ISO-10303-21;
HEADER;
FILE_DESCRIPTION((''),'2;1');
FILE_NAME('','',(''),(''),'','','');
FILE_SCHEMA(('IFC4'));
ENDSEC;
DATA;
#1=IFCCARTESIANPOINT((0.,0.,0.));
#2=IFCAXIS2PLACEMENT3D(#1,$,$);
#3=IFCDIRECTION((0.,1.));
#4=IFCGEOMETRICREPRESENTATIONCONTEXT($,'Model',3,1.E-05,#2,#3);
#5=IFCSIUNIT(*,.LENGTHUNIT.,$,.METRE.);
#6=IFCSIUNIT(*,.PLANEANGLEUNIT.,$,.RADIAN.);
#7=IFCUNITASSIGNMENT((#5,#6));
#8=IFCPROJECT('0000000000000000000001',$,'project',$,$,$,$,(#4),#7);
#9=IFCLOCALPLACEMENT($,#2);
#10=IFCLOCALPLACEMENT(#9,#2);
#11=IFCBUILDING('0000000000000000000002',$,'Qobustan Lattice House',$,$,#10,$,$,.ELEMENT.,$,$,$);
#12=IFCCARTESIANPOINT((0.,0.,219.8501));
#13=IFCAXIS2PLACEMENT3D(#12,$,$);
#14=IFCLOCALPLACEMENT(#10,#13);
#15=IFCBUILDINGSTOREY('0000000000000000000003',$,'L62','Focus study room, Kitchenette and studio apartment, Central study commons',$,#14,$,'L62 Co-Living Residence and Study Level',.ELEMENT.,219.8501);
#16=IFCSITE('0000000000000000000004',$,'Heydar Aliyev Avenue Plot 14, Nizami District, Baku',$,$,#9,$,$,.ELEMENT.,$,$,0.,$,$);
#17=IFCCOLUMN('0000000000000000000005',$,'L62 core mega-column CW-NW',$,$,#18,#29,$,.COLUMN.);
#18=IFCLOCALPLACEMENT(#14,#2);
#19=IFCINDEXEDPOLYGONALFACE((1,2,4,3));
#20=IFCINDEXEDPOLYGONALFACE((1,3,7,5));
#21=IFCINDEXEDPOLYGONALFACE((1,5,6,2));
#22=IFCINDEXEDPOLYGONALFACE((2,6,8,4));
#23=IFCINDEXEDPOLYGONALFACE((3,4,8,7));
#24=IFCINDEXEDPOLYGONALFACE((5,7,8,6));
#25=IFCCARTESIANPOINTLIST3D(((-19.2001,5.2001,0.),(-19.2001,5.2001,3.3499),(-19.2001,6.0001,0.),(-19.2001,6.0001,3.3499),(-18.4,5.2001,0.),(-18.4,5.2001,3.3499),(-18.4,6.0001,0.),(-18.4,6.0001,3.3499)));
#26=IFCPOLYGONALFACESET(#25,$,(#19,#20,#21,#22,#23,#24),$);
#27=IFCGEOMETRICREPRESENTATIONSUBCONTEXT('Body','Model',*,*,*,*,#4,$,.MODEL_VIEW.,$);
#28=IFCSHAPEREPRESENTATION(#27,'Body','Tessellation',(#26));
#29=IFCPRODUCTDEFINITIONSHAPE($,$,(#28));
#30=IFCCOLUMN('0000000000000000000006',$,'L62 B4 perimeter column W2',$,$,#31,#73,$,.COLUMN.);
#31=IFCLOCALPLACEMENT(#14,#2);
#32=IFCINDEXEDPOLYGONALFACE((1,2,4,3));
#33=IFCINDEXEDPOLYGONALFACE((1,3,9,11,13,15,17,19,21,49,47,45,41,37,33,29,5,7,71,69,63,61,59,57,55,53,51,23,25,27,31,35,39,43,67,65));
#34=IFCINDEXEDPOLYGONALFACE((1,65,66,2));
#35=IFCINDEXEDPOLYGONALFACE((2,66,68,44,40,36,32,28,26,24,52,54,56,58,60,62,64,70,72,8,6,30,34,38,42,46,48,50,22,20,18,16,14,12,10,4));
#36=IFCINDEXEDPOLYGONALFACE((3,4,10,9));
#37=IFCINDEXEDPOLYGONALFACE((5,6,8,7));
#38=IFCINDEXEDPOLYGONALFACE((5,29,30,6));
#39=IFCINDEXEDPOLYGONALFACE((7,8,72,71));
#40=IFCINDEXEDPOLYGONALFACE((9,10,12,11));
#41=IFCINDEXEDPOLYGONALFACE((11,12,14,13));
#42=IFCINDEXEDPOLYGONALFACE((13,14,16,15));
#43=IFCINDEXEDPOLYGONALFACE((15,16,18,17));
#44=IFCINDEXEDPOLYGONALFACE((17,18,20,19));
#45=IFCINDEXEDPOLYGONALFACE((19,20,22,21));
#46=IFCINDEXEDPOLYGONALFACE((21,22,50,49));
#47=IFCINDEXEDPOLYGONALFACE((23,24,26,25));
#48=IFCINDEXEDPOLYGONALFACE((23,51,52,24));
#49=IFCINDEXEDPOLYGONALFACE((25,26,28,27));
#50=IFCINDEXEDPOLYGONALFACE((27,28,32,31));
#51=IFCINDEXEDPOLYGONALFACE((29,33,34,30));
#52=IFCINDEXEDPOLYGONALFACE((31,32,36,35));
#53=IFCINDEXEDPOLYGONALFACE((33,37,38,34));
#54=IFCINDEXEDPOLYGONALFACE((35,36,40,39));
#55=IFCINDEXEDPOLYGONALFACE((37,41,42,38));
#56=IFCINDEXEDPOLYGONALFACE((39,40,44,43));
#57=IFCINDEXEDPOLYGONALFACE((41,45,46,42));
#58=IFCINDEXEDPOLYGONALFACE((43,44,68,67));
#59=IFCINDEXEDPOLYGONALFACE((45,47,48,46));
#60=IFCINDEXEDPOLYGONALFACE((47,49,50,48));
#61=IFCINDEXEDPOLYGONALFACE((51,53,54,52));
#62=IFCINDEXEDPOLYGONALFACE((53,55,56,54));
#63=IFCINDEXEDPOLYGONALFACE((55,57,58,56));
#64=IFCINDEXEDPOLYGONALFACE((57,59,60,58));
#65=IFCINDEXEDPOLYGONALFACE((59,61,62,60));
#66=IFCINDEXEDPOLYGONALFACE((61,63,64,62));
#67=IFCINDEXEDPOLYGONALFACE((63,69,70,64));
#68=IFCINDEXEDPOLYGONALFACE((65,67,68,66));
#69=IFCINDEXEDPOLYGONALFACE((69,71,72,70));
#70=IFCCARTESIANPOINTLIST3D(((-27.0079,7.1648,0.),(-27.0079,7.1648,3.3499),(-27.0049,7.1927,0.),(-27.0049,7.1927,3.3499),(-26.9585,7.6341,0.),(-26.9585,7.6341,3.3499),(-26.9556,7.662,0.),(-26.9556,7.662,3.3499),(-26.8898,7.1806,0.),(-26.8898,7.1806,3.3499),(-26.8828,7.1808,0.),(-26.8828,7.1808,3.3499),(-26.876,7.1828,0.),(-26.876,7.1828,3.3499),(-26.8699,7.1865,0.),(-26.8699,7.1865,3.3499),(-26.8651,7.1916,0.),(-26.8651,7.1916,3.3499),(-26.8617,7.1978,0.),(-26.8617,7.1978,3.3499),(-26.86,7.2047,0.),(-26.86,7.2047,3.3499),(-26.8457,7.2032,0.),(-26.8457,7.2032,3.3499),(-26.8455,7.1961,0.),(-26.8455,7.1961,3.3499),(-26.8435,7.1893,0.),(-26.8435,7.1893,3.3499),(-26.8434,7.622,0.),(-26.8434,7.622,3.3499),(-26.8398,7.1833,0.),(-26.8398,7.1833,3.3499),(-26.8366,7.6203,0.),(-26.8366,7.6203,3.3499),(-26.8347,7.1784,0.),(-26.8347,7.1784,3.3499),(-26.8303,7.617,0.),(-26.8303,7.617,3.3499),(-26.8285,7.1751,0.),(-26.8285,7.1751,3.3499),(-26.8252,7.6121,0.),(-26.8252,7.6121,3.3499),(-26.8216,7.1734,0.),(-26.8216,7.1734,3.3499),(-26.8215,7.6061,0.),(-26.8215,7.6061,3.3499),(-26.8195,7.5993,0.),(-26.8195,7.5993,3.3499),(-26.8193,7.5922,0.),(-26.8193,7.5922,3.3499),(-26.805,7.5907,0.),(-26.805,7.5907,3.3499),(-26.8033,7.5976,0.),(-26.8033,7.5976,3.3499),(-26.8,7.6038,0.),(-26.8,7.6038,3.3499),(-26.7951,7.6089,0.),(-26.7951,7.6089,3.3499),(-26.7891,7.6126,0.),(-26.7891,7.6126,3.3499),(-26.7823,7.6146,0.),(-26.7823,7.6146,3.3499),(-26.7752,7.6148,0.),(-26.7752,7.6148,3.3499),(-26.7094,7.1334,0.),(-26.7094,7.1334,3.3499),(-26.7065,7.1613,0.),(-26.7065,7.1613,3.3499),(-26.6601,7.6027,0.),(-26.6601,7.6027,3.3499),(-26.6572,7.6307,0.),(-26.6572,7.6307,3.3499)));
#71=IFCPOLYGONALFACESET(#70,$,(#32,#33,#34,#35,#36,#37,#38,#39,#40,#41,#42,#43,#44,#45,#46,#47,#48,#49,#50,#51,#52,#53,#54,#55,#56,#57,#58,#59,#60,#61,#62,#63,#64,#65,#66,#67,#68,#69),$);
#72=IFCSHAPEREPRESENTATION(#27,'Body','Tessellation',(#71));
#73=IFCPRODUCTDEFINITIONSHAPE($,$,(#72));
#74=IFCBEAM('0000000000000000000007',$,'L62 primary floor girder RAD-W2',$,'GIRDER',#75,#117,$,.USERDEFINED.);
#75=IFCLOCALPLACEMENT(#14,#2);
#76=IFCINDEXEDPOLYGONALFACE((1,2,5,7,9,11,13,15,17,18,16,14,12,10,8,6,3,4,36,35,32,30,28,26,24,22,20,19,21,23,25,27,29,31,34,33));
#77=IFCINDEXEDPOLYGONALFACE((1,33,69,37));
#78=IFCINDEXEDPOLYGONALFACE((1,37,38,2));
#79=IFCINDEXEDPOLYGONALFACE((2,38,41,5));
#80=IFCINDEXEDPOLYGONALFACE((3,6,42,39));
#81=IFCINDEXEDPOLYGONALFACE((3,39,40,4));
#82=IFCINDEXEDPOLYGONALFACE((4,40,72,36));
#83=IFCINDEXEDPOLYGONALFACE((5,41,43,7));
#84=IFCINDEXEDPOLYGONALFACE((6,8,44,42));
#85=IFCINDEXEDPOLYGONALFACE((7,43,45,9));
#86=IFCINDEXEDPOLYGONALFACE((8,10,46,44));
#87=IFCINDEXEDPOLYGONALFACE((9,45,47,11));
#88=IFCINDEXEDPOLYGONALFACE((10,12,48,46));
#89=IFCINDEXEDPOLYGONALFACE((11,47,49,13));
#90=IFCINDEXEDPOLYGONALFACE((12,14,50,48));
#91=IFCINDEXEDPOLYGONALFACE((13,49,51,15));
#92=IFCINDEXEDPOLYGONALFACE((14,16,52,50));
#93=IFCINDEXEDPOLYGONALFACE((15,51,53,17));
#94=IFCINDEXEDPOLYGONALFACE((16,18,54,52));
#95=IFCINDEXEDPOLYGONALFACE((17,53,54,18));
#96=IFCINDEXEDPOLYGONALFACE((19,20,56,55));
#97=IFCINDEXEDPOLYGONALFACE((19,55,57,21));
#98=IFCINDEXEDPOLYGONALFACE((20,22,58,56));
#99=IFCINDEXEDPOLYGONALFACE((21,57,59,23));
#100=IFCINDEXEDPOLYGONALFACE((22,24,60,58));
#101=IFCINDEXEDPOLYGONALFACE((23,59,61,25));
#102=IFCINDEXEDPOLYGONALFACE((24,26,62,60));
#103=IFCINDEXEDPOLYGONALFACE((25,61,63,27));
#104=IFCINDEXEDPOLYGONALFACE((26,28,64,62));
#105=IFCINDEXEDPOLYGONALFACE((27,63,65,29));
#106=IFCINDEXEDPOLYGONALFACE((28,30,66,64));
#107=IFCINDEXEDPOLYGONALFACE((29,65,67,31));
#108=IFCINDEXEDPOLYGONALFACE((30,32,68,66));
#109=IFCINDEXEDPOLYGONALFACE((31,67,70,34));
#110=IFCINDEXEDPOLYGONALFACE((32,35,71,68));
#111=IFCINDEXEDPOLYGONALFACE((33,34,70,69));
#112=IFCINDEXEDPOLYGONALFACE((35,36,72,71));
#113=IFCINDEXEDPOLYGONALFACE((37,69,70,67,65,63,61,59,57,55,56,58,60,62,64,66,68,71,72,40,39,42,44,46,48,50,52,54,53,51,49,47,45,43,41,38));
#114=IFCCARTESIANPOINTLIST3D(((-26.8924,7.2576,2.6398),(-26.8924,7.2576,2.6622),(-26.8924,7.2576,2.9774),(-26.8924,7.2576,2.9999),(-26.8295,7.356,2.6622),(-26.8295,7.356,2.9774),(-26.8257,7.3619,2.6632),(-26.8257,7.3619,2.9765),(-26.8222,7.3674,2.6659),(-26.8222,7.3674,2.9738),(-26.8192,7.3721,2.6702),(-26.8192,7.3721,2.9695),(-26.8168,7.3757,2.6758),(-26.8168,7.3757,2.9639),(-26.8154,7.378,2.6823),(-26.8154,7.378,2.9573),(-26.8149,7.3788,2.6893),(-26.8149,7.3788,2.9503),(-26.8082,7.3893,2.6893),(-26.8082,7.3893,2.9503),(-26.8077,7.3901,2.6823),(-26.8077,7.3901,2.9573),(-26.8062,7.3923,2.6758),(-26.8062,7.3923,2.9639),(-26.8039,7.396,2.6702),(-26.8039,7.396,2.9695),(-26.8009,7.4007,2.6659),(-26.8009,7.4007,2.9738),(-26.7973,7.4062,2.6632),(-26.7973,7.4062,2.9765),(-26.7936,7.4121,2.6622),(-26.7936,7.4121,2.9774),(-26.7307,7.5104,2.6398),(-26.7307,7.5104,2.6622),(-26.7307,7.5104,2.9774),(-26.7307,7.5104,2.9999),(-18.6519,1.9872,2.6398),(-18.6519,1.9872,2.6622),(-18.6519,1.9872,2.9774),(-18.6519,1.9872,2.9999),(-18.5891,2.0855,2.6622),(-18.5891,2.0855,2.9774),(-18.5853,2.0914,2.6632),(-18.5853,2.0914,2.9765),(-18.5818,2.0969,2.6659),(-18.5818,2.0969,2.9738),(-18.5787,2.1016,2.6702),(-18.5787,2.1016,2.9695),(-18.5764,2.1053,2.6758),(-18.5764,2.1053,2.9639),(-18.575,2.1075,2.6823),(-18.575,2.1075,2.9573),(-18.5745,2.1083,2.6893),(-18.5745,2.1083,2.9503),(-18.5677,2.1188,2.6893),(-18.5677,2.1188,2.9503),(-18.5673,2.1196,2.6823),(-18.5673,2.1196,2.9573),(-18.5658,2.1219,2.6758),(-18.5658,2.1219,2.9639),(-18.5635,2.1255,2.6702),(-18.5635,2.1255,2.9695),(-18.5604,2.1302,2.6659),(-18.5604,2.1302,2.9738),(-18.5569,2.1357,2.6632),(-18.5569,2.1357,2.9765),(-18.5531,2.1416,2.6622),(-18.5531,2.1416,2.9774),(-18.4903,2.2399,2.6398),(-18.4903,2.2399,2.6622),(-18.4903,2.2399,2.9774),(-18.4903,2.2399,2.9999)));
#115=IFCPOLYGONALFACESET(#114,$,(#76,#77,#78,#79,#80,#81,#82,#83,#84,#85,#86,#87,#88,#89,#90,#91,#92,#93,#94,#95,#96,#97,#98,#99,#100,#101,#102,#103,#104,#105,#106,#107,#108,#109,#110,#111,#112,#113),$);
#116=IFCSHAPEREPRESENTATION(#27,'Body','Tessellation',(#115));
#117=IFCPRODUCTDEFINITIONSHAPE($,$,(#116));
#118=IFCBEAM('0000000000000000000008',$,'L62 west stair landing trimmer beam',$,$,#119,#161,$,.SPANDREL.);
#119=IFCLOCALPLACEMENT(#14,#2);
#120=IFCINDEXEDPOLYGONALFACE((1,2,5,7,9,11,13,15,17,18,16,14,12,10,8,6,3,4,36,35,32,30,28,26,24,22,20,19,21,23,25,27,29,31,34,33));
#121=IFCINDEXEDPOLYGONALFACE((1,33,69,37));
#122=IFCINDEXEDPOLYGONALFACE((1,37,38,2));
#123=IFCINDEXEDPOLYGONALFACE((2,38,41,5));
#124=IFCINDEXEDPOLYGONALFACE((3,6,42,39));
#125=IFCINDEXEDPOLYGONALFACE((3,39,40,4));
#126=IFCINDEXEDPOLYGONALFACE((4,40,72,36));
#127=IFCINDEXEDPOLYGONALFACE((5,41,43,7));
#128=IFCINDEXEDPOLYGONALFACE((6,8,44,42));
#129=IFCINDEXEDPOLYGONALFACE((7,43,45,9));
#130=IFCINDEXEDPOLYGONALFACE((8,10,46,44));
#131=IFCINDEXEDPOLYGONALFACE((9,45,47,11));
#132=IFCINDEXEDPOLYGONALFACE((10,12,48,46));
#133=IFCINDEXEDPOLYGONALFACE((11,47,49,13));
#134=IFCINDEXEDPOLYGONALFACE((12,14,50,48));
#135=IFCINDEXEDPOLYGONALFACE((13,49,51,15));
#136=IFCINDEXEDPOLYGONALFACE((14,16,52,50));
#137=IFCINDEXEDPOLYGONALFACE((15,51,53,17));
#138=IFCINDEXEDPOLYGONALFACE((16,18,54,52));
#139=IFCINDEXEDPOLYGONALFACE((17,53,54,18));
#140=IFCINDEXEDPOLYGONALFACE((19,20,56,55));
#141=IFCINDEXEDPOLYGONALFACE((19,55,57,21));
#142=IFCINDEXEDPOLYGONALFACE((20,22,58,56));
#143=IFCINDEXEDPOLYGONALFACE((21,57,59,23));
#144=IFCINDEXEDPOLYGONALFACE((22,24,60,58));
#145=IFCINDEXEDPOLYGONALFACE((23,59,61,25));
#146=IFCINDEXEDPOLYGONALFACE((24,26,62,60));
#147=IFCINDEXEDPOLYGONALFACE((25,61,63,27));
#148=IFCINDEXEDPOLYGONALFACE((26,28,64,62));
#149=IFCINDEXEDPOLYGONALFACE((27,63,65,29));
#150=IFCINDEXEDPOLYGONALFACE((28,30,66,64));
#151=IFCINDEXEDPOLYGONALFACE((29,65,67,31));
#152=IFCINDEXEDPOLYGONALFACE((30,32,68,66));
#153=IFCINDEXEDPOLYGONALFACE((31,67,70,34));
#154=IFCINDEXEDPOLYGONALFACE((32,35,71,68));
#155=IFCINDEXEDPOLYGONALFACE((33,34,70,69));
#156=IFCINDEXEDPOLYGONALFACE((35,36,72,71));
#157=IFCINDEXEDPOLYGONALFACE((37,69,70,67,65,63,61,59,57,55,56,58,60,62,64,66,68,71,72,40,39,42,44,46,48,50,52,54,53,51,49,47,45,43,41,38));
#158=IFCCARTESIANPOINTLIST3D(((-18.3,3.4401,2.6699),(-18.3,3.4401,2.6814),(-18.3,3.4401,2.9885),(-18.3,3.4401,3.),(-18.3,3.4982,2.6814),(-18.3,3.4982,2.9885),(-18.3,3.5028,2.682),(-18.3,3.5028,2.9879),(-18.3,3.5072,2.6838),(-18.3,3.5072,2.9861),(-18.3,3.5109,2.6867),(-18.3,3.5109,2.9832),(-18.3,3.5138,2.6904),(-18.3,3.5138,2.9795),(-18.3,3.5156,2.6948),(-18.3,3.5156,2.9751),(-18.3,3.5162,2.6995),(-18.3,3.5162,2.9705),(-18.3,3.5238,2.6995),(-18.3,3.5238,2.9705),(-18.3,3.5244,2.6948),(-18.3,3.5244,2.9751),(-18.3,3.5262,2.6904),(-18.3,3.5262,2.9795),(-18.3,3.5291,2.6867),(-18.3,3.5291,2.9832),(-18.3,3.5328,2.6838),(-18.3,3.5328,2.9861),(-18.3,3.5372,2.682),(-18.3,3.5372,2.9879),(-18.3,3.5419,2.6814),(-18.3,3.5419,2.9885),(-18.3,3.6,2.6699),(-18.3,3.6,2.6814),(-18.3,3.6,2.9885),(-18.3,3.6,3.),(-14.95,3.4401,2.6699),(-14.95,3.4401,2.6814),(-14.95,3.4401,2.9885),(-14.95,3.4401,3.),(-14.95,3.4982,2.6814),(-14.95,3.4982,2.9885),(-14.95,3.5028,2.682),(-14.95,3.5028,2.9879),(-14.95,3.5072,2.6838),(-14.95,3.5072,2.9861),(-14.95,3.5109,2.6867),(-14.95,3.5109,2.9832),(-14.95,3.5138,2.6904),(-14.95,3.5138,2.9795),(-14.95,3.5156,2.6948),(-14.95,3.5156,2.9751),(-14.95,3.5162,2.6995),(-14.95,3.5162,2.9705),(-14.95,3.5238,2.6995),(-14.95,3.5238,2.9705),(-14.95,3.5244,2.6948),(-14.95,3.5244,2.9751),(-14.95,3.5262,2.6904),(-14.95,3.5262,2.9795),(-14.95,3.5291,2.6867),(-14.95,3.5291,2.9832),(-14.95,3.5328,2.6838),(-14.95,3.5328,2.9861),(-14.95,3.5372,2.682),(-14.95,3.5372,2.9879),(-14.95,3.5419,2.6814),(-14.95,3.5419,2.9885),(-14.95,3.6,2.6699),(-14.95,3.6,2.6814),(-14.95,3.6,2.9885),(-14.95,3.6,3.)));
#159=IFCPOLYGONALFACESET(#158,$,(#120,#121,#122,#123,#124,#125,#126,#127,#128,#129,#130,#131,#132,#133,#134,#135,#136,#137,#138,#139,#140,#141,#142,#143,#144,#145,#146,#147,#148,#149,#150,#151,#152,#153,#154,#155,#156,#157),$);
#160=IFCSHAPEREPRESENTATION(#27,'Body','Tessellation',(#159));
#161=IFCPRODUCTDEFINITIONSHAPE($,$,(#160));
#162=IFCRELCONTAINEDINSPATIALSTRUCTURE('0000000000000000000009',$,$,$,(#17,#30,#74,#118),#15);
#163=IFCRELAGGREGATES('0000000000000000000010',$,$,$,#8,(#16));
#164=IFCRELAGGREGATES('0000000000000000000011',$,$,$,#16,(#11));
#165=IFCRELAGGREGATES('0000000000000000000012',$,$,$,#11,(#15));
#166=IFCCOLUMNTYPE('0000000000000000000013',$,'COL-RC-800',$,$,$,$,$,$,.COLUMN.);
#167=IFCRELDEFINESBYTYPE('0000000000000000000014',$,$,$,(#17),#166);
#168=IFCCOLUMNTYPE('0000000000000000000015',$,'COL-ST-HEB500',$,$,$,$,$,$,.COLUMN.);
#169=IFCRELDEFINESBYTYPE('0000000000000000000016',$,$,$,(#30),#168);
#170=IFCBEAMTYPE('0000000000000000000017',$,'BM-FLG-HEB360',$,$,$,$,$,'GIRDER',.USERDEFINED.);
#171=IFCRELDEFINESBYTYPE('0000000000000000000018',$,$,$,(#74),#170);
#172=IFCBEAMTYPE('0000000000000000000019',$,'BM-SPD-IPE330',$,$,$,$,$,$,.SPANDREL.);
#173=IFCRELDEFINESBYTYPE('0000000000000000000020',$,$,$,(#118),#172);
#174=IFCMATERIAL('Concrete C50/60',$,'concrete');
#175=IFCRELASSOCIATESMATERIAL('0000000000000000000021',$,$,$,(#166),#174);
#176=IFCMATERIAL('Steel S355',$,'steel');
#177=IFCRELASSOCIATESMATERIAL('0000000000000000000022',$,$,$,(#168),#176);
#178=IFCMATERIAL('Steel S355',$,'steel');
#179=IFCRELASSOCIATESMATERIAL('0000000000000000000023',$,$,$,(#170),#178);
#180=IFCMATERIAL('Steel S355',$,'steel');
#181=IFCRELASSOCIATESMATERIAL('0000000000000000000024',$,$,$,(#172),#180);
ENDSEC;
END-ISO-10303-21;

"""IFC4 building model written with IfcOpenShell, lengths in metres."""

from ifc_helpers import new_model, si_unit, direction, frame, origin, origin_2d, place, context, subcontext, project, spatial, rectangle, i_section, extrude, material, material_profile, profile_set, type_object, element, save


model = new_model("IFC4")

# Units and contexts
model_context = context("Model", 3, precision=1e-05, world=origin(), true_north=direction((0.0, 1.0)))
body_context = subcontext(model_context, "Body", "Model", "MODEL_VIEW")
ifc_project = project(units=[si_unit("LENGTHUNIT", "METRE"), si_unit("PLANEANGLEUNIT", "RADIAN")], contexts=[model_context])

# Site, building, storey
site_placement = place(None, origin())
site = spatial("IfcSite", under=ifc_project, at=site_placement, Name="Heydar Aliyev Avenue Plot 14, Nizami District, Baku", CompositionType="ELEMENT", RefElevation=0.0)
building_placement = place(site_placement, origin())
building = spatial("IfcBuilding", under=site, at=building_placement, Name="Qobustan Lattice House", CompositionType="ELEMENT")
storey_placement = place(building_placement, frame((0.0, 0.0, 219.8501)))
storey = spatial("IfcBuildingStorey", under=building, at=storey_placement, Name="L62", Description="Focus study room, Kitchenette and studio apartment, Central study commons", LongName="L62 Co-Living Residence and Study Level", CompositionType="ELEMENT", Elevation=219.8501)

# Columns
ifc_material_1 = material(Name="Concrete C50/60", Category="concrete")
ifc_material_profile_1 = material_profile(ifc_material_1, rectangle(XDim=0.8, YDim=0.8, at=origin_2d()), Name="RC800x800")
ifc_profile_set_1 = profile_set([ifc_material_profile_1], Name="Concrete C50/60")
column_type_1 = type_object("IfcColumnType", Name="COL-RC-800", PredefinedType="COLUMN", material=ifc_profile_set_1)
column_1_placement = place(storey_placement, frame((-18.8, 5.6001, 0.0), z_axis=(0.0, 0.0, 1.0), x_axis=(1.0, 0.0, 0.0)))
element("IfcColumn", 1, at=column_1_placement, inside=storey, type_object=column_type_1, Name="L62 core mega-column CW-NW", PredefinedType="COLUMN", context=body_context, shape_type="SweptSolid", body=[
    extrude(rectangle(XDim=0.8, YDim=0.8, at=origin_2d()), origin(), (0.0, 0.0, 1.0), 3.3499),
])
ifc_material_2 = material(Name="Steel S355", Category="steel")
ifc_material_profile_2 = material_profile(ifc_material_2, i_section(OverallWidth=0.3, OverallDepth=0.5, WebThickness=0.0144, FlangeThickness=0.0281, FilletRadius=0.0271, at=origin_2d()), Name="HEB500")
ifc_profile_set_2 = profile_set([ifc_material_profile_2], Name="Steel S355")
column_type_2 = type_object("IfcColumnType", Name="COL-ST-HEB500", PredefinedType="COLUMN", material=ifc_profile_set_2)
column_2_placement = place(storey_placement, frame((-26.8325, 7.3977, 0.0), z_axis=(0.0, 0.0, 1.0), x_axis=(0.994522, -0.104528, 0.0)))
element("IfcColumn", 2, at=column_2_placement, inside=storey, type_object=column_type_2, Name="L62 B4 perimeter column W2", PredefinedType="COLUMN", context=body_context, shape_type="SweptSolid", body=[
    extrude(i_section(OverallWidth=0.3, OverallDepth=0.5, WebThickness=0.0144, FlangeThickness=0.0281, FilletRadius=0.0271, at=origin_2d()), origin(), (0.0, 0.0, 1.0), 3.3499),
])

# Beams
ifc_material_3 = material(Name="Steel S355", Category="steel")
ifc_material_profile_3 = material_profile(ifc_material_3, i_section(OverallWidth=0.3, OverallDepth=0.3601, WebThickness=0.0125, FlangeThickness=0.0225, FilletRadius=0.0271, at=origin_2d()), Name="HEB360")
ifc_profile_set_3 = profile_set([ifc_material_profile_3], Name="Steel S355")
beam_type_1 = type_object("IfcBeamType", Name="BM-FLG-HEB360", ElementType="GIRDER", PredefinedType="USERDEFINED", material=ifc_profile_set_3)
beam_1_placement = place(storey_placement, frame((-26.8115, 7.384, 2.8198), z_axis=(0.842429, -0.538807, 0.0), x_axis=(0.538807, 0.842429, 0.0)))
element("IfcBeam", 3, at=beam_1_placement, inside=storey, type_object=beam_type_1, Name="L62 primary floor girder RAD-W2", ObjectType="GIRDER", PredefinedType="USERDEFINED", context=body_context, shape_type="SweptSolid", body=[
    extrude(i_section(OverallWidth=0.3, OverallDepth=0.3601, WebThickness=0.0125, FlangeThickness=0.0225, FilletRadius=0.0271, at=origin_2d()), origin(), (0.0, 0.0, 1.0), 9.7817),
])
ifc_material_4 = material(Name="Steel S355", Category="steel")
ifc_material_profile_4 = material_profile(ifc_material_4, i_section(OverallWidth=0.1599, OverallDepth=0.3301, WebThickness=0.0076, FlangeThickness=0.0115, FilletRadius=0.0181, at=origin_2d()), Name="IPE330")
ifc_profile_set_4 = profile_set([ifc_material_profile_4], Name="Steel S355")
beam_type_2 = type_object("IfcBeamType", Name="BM-SPD-IPE330", PredefinedType="SPANDREL", material=ifc_profile_set_4)
beam_2_placement = place(storey_placement, frame((-18.3, 3.52, 2.835), z_axis=(1.0, 0.0, 0.0), x_axis=(0.0, 1.0, 0.0)))
element("IfcBeam", 4, at=beam_2_placement, inside=storey, type_object=beam_type_2, Name="L62 west stair landing trimmer beam", PredefinedType="SPANDREL", context=body_context, shape_type="SweptSolid", body=[
    extrude(i_section(OverallWidth=0.1599, OverallDepth=0.3301, WebThickness=0.0076, FlangeThickness=0.0115, FilletRadius=0.0181, at=origin_2d()), origin(), (0.0, 0.0, 1.0), 3.3501),
])

save(model, "model.ifc")
